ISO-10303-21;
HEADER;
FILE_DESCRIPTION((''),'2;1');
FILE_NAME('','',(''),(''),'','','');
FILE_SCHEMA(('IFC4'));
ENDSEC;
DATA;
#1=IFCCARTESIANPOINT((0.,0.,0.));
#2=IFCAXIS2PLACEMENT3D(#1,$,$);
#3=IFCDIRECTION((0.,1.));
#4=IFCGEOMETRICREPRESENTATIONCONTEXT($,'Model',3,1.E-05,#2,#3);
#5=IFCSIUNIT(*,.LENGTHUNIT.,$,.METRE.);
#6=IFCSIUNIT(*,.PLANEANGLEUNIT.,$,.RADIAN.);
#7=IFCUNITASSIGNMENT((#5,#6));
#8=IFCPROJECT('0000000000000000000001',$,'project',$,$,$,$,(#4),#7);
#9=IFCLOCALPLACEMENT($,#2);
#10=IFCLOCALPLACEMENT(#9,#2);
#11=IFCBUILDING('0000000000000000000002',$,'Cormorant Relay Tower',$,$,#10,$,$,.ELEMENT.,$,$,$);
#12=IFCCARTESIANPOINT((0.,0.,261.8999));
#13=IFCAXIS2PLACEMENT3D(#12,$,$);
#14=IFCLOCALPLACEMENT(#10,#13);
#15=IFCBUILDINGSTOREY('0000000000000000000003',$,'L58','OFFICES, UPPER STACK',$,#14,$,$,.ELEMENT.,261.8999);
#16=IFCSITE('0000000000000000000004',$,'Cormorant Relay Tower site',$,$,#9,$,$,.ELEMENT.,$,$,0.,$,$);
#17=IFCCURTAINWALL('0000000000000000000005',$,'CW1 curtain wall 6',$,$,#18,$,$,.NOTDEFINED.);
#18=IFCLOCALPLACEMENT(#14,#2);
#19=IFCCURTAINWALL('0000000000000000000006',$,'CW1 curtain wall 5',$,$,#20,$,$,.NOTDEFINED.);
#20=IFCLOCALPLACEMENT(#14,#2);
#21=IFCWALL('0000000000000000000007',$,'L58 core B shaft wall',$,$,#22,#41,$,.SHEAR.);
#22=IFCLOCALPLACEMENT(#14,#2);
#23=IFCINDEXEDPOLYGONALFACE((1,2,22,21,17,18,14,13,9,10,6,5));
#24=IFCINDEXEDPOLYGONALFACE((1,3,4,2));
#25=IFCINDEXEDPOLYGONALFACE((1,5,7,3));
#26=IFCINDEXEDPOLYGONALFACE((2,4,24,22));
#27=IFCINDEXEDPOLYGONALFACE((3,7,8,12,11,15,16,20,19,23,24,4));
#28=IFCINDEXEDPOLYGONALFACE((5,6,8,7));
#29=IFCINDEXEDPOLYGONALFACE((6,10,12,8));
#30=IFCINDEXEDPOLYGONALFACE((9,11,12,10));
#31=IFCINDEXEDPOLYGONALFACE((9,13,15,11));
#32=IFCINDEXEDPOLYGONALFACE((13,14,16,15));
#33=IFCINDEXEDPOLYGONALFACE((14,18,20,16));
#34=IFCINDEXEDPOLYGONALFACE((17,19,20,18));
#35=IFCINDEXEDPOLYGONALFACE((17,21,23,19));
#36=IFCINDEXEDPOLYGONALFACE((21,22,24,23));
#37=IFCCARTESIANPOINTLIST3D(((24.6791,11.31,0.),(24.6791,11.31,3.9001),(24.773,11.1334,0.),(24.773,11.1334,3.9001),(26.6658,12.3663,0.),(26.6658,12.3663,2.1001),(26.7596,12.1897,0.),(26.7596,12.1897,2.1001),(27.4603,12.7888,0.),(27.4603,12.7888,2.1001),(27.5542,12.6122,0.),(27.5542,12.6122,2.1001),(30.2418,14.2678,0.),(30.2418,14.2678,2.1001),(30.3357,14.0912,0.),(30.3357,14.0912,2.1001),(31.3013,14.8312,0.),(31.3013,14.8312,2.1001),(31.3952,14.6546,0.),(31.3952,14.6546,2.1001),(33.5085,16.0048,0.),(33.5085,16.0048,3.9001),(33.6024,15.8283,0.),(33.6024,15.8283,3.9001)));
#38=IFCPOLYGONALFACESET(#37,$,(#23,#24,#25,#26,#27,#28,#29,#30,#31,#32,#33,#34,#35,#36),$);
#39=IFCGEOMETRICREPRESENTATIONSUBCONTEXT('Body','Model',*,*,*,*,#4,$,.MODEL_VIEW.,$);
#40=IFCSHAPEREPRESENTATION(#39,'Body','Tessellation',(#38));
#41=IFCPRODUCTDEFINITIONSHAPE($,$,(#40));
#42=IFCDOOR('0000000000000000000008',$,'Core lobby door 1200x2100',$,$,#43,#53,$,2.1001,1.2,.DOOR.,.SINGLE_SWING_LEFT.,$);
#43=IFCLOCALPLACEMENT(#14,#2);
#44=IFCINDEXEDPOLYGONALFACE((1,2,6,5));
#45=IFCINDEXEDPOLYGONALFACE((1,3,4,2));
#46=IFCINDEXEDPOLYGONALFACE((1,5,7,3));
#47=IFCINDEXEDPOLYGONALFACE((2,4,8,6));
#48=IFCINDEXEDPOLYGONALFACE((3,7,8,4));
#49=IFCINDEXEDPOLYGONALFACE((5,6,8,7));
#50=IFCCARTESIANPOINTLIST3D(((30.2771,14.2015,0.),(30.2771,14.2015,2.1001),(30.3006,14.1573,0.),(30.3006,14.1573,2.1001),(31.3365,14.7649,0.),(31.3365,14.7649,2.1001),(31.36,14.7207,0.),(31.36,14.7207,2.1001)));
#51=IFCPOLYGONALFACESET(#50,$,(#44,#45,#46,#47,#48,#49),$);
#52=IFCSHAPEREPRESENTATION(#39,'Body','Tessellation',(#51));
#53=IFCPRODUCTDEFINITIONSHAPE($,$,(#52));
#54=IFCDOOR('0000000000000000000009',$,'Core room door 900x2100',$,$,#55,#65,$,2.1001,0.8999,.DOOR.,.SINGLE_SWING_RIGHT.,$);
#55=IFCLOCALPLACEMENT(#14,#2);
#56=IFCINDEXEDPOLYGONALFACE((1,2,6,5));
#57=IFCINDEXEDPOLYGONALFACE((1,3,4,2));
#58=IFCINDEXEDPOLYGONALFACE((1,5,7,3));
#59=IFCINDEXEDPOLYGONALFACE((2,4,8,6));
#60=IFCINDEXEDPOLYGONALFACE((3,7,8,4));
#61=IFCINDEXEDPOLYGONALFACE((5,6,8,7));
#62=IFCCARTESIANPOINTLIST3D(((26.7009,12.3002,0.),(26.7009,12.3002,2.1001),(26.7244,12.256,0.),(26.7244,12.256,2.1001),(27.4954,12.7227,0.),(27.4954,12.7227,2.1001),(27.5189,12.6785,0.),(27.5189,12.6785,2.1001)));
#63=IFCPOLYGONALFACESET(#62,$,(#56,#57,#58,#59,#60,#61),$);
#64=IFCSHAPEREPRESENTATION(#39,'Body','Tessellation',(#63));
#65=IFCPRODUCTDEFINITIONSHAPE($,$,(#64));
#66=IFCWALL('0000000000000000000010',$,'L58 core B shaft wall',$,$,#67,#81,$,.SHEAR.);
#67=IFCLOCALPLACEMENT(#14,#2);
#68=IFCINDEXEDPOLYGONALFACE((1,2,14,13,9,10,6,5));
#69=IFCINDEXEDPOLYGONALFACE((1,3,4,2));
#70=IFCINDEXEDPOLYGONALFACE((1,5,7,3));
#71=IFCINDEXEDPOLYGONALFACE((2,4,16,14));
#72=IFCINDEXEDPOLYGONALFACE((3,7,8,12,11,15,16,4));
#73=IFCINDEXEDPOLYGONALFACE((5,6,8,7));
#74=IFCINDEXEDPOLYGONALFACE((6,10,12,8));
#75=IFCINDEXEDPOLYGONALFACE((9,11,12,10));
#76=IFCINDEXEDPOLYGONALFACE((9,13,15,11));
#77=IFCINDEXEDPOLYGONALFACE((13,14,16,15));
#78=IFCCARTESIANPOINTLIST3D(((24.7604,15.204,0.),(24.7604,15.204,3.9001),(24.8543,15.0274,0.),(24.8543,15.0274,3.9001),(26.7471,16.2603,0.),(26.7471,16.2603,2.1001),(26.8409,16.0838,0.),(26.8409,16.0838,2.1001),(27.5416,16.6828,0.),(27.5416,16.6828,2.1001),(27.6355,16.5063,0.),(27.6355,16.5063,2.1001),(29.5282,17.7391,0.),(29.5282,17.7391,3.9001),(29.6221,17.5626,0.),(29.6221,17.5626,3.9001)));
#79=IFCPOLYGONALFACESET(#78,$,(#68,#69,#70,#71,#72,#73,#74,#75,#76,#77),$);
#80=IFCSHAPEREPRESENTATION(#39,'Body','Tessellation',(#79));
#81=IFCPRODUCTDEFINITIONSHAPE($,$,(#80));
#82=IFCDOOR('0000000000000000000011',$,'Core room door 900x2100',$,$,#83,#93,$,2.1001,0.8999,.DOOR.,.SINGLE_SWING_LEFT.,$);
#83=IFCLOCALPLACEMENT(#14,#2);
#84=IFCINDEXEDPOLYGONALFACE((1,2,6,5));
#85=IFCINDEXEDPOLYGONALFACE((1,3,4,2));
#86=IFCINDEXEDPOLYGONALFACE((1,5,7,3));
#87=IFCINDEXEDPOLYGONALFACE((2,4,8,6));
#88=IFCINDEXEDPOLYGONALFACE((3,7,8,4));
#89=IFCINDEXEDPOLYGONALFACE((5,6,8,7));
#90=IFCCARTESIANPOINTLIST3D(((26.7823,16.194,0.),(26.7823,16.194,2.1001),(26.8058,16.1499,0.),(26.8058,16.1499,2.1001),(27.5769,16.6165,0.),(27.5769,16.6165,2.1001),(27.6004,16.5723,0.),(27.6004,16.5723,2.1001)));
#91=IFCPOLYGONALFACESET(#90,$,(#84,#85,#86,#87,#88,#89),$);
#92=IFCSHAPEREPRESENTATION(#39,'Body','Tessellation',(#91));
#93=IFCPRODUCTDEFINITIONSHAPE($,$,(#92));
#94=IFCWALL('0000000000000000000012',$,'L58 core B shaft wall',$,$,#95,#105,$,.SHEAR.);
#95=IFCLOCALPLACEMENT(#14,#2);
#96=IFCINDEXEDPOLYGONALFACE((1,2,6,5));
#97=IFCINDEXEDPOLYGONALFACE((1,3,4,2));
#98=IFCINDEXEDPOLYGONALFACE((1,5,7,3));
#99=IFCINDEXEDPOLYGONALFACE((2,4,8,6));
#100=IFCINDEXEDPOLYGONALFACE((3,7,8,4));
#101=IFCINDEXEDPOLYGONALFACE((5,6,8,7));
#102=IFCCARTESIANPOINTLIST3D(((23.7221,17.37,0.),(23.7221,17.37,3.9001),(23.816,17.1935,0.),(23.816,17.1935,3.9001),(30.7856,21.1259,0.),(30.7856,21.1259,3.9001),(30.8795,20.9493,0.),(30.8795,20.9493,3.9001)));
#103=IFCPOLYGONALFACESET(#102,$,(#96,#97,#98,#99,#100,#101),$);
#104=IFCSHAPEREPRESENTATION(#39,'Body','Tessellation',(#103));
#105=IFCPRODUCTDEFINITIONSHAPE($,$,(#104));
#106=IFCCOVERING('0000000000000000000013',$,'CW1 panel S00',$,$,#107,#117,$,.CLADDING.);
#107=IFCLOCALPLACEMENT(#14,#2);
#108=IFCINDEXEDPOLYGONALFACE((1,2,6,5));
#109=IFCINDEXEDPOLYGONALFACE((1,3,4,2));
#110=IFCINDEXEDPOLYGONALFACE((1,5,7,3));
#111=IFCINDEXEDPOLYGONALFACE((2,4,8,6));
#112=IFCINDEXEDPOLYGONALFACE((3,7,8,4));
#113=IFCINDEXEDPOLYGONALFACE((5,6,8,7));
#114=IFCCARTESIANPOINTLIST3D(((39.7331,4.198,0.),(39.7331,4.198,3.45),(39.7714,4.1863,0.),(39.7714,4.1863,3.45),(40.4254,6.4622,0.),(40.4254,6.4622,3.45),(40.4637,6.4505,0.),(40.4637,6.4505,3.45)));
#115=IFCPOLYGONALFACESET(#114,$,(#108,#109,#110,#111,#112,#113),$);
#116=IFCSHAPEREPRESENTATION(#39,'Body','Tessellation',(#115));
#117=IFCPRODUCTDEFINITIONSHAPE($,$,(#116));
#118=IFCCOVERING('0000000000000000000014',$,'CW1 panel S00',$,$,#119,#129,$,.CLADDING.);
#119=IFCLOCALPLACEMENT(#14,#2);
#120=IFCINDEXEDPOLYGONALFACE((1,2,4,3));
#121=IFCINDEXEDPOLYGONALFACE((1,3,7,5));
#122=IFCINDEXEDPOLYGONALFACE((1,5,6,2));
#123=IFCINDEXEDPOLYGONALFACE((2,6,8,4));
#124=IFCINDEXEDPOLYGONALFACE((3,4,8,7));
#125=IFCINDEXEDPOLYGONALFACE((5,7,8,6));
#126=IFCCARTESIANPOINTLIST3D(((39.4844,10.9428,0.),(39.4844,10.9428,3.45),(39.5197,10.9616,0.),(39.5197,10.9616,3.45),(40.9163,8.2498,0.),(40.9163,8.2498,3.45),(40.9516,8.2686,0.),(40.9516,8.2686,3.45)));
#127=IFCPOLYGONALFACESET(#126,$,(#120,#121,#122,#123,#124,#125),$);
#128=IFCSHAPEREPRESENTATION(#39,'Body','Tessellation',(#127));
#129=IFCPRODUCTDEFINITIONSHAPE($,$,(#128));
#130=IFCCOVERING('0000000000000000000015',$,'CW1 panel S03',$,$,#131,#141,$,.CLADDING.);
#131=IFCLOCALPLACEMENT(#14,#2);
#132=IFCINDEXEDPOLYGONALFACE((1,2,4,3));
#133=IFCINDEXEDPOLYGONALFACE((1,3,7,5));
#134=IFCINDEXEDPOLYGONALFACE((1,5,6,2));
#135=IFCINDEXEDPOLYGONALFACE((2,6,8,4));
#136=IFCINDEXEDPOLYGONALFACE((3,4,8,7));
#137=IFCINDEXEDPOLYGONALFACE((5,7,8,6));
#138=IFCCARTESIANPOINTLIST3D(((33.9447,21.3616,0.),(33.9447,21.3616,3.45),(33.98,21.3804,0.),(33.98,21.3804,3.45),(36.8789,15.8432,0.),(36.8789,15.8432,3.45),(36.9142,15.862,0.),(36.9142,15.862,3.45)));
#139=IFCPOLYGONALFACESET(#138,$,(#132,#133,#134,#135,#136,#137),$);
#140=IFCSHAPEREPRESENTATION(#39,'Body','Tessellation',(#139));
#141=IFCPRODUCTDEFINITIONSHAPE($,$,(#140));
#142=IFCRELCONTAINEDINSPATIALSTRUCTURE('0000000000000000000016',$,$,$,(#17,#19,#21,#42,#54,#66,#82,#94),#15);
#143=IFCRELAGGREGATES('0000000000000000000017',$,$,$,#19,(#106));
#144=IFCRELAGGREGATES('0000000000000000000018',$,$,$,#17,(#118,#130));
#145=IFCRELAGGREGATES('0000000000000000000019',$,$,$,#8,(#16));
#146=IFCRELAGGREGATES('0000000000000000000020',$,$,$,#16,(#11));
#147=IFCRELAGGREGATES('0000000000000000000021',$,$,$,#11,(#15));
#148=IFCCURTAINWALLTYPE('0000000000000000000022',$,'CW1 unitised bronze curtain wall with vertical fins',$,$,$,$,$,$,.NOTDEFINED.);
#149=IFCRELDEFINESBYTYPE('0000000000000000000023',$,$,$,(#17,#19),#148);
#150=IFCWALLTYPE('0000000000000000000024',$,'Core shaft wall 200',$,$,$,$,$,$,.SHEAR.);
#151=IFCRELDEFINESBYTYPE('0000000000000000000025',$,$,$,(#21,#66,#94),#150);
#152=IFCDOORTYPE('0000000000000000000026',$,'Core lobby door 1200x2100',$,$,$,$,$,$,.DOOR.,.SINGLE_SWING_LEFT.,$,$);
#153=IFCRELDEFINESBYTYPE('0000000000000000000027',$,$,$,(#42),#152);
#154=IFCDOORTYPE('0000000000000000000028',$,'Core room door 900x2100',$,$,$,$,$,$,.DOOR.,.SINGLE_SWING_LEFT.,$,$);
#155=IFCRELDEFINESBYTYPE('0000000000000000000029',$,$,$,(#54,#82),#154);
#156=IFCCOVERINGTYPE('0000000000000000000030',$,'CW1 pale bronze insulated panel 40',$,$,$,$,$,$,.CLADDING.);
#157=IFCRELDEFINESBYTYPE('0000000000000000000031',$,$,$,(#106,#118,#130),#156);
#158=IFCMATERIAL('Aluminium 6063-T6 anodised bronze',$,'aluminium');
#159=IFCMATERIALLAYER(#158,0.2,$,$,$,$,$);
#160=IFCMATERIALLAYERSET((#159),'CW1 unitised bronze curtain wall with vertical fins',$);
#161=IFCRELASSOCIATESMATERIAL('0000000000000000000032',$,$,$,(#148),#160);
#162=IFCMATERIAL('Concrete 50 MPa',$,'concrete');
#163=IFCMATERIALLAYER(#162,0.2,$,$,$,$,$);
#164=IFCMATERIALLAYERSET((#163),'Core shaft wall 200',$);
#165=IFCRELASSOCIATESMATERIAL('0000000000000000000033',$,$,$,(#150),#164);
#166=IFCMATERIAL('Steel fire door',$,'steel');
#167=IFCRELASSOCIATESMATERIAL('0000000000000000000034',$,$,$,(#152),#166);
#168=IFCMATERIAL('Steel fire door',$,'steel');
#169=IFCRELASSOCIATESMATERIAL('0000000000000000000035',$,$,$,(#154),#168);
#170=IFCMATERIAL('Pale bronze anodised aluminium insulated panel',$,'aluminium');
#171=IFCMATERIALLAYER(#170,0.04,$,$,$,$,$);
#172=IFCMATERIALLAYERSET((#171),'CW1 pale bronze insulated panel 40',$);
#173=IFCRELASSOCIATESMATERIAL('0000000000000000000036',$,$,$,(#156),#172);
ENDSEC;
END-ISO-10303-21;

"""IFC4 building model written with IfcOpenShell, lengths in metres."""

from ifc_helpers import new_model, si_unit, direction, frame, frame_2d, origin, origin_2d, place, context, subcontext, project, spatial, rectangle, extrude, material, layer, layer_set, type_object, element, fill, aggregate, save


model = new_model("IFC4")

# Units and contexts
model_context = context("Model", 3, precision=1e-05, world=origin(), true_north=direction((0.0, 1.0)))
body_context = subcontext(model_context, "Body", "Model", "MODEL_VIEW")
ifc_project = project(units=[si_unit("LENGTHUNIT", "METRE"), si_unit("PLANEANGLEUNIT", "RADIAN")], contexts=[model_context])

# Site, building, storey
site_placement = place(None, origin())
site = spatial("IfcSite", under=ifc_project, at=site_placement, Name="Cormorant Relay Tower site", CompositionType="ELEMENT", RefElevation=0.0)
building_placement = place(site_placement, origin())
building = spatial("IfcBuilding", under=site, at=building_placement, Name="Cormorant Relay Tower", CompositionType="ELEMENT")
storey_placement = place(building_placement, frame((0.0, 0.0, 261.8999)))
storey = spatial("IfcBuildingStorey", under=building, at=storey_placement, Name="L58", Description="OFFICES, UPPER STACK", CompositionType="ELEMENT", Elevation=261.8999)

# Curtain wall
ifc_material_1 = material(Name="Aluminium 6063-T6 anodised bronze", Category="aluminium")
ifc_layer_1 = layer(ifc_material_1, 0.2)
ifc_layer_set_1 = layer_set([ifc_layer_1], Name="CW1 unitised bronze curtain wall with vertical fins")
curtain_wall_type = type_object("IfcCurtainWallType", Name="CW1 unitised bronze curtain wall with vertical fins", PredefinedType="NOTDEFINED", material=ifc_layer_set_1)
curtain_wall_1_placement = place(storey_placement, origin())
curtain_wall_1 = element("IfcCurtainWall", 1, at=curtain_wall_1_placement, inside=storey, type_object=curtain_wall_type, Name="CW1 curtain wall 6", PredefinedType="NOTDEFINED")

# Curtain wall
curtain_wall_2_placement = place(storey_placement, origin())
curtain_wall_2 = element("IfcCurtainWall", 2, at=curtain_wall_2_placement, inside=storey, type_object=curtain_wall_type, Name="CW1 curtain wall 5", PredefinedType="NOTDEFINED")

# Shared definitions
ifc_material_2 = material(Name="Concrete 50 MPa", Category="concrete")
ifc_layer_2 = layer(ifc_material_2, 0.2)
ifc_layer_set_2 = layer_set([ifc_layer_2], Name="Core shaft wall 200")
wall_type_1 = type_object("IfcWallType", Name="Core shaft wall 200", PredefinedType="SHEAR", material=ifc_layer_set_2)

# Wall, openings, doors
wall_1_placement = place(storey_placement, frame((24.7261, 11.2217, 0.0), z_axis=(0.0, 0.0, 1.0), x_axis=(0.88294, 0.469485, 0.0)))
wall_1 = element("IfcWall", 3, at=wall_1_placement, inside=storey, type_object=wall_type_1, Name="L58 core B shaft wall", PredefinedType="SHEAR", context=body_context, shape_type="SweptSolid", body=[
    extrude(rectangle(XDim=10.0, YDim=0.2, at=frame_2d((5.0, 0.0))), origin(), (0.0, 0.0, 1.0), 3.9001),
])
opening_1_placement = place(wall_1_placement, frame((6.3, 0.0, 0.0)))
opening_1 = element("IfcOpeningElement", 4, at=opening_1_placement, cuts=wall_1, PredefinedType="OPENING", context=body_context, shape_type="SweptSolid", body=[
    extrude(rectangle(XDim=1.2, YDim=2.1001, at=frame_2d((0.6001, 1.05))), frame((0.0, 0.1099, 0.0), z_axis=(0.0, -1.0, 0.0), x_axis=(1.0, 0.0, 0.0)), (0.0, 0.0, 1.0), 0.22),
])
opening_2_placement = place(wall_1_placement, frame((2.25, 0.0, 0.0)))
opening_2 = element("IfcOpeningElement", 5, at=opening_2_placement, cuts=wall_1, PredefinedType="OPENING", context=body_context, shape_type="SweptSolid", body=[
    extrude(rectangle(XDim=0.8999, YDim=2.1001, at=frame_2d((0.45, 1.05))), frame((0.0, 0.1099, 0.0), z_axis=(0.0, -1.0, 0.0), x_axis=(1.0, 0.0, 0.0)), (0.0, 0.0, 1.0), 0.22),
])
ifc_material_3 = material(Name="Steel fire door", Category="steel")
door_type_1 = type_object("IfcDoorType", Name="Core lobby door 1200x2100", OperationType="SINGLE_SWING_LEFT", PredefinedType="DOOR", material=ifc_material_3)
door_1_placement = place(opening_1_placement, origin())
door_1 = element("IfcDoor", 6, at=door_1_placement, inside=storey, type_object=door_type_1, Name="Core lobby door 1200x2100", OperationType="SINGLE_SWING_LEFT", OverallHeight=2.1001, OverallWidth=1.2, PredefinedType="DOOR", context=body_context, shape_type="SweptSolid", body=[
    extrude(rectangle(XDim=1.2, YDim=2.1001, at=frame_2d((0.6001, 1.05))), frame((0.0, 0.0249, 0.0), z_axis=(0.0, -1.0, 0.0), x_axis=(1.0, 0.0, 0.0)), (0.0, 0.0, 1.0), 0.05),
])
fill(opening_1, door_1)
ifc_material_4 = material(Name="Steel fire door", Category="steel")
door_type_2 = type_object("IfcDoorType", Name="Core room door 900x2100", OperationType="SINGLE_SWING_LEFT", PredefinedType="DOOR", material=ifc_material_4)
door_2_placement = place(opening_2_placement, frame((0.8999, 0.0, 0.0), z_axis=(0.0, 0.0, 1.0), x_axis=(-1.0, 0.0, 0.0)))
door_2 = element("IfcDoor", 7, at=door_2_placement, inside=storey, type_object=door_type_2, Name="Core room door 900x2100", OperationType="SINGLE_SWING_RIGHT", OverallHeight=2.1001, OverallWidth=0.8999, PredefinedType="DOOR", context=body_context, shape_type="SweptSolid", body=[
    extrude(rectangle(XDim=0.8999, YDim=2.1001, at=frame_2d((0.45, 1.05))), frame((0.0, 0.0249, 0.0), z_axis=(0.0, -1.0, 0.0), x_axis=(1.0, 0.0, 0.0)), (0.0, 0.0, 1.0), 0.05),
])
fill(opening_2, door_2)

# Wall, opening, door
wall_2_placement = place(storey_placement, frame((24.8074, 15.1157, 0.0), z_axis=(0.0, 0.0, 1.0), x_axis=(0.882943, 0.46948, 0.0)))
wall_2 = element("IfcWall", 8, at=wall_2_placement, inside=storey, type_object=wall_type_1, Name="L58 core B shaft wall", PredefinedType="SHEAR", context=body_context, shape_type="SweptSolid", body=[
    extrude(rectangle(XDim=5.3999, YDim=0.2, at=frame_2d((2.7, 0.0))), origin(), (0.0, 0.0, 1.0), 3.9001),
])
opening_3_placement = place(wall_2_placement, frame((2.25, 0.0, 0.0)))
opening_3 = element("IfcOpeningElement", 9, at=opening_3_placement, cuts=wall_2, PredefinedType="OPENING", context=body_context, shape_type="SweptSolid", body=[
    extrude(rectangle(XDim=0.8999, YDim=2.1001, at=frame_2d((0.45, 1.05))), frame((0.0, 0.1099, 0.0), z_axis=(0.0, -1.0, 0.0), x_axis=(1.0, 0.0, 0.0)), (0.0, 0.0, 1.0), 0.22),
])
door_3_placement = place(opening_3_placement, origin())
door_3 = element("IfcDoor", 10, at=door_3_placement, inside=storey, type_object=door_type_2, Name="Core room door 900x2100", OperationType="SINGLE_SWING_LEFT", OverallHeight=2.1001, OverallWidth=0.8999, PredefinedType="DOOR", context=body_context, shape_type="SweptSolid", body=[
    extrude(rectangle(XDim=0.8999, YDim=2.1001, at=frame_2d((0.45, 1.05))), frame((0.0, 0.0249, 0.0), z_axis=(0.0, -1.0, 0.0), x_axis=(1.0, 0.0, 0.0)), (0.0, 0.0, 1.0), 0.05),
])
fill(opening_3, door_3)

# Wall
wall_3_placement = place(storey_placement, frame((23.769, 17.2817, 0.0), z_axis=(0.0, 0.0, 1.0), x_axis=(0.88294, 0.469485, 0.0)))
element("IfcWall", 11, at=wall_3_placement, inside=storey, type_object=wall_type_1, Name="L58 core B shaft wall", PredefinedType="SHEAR", context=body_context, shape_type="SweptSolid", body=[
    extrude(rectangle(XDim=8.0, YDim=0.2, at=frame_2d((4.0, 0.0))), origin(), (0.0, 0.0, 1.0), 3.9001),
])

# Coverings
ifc_material_5 = material(Name="Pale bronze anodised aluminium insulated panel", Category="aluminium")
ifc_layer_3 = layer(ifc_material_5, 0.04)
ifc_layer_set_3 = layer_set([ifc_layer_3], Name="CW1 pale bronze insulated panel 40")
covering_type = type_object("IfcCoveringType", Name="CW1 pale bronze insulated panel 40", PredefinedType="CLADDING", material=ifc_layer_set_3)
covering_1_placement = place(storey_placement, frame((40.0984, 5.3242, 0.0), z_axis=(0.0, 0.0, 1.0), x_axis=(0.292372, 0.956305, 0.0)))
covering_1 = element("IfcCovering", 12, at=covering_1_placement, type_object=covering_type, Name="CW1 panel S00", PredefinedType="CLADDING", context=body_context, shape_type="SweptSolid", body=[
    extrude(rectangle(XDim=2.3677, YDim=0.04, at=origin_2d()), origin(), (0.0, 0.0, 1.0), 3.45),
])
aggregate(curtain_wall_2, [covering_1])
covering_2_placement = place(storey_placement, frame((40.218, 9.6057, 0.0), z_axis=(0.0, 0.0, 1.0), x_axis=(-0.469472, 0.882948, 0.0)))
covering_2 = element("IfcCovering", 13, at=covering_2_placement, type_object=covering_type, Name="CW1 panel S00", PredefinedType="CLADDING", context=body_context, shape_type="SweptSolid", body=[
    extrude(rectangle(XDim=3.05, YDim=0.04, at=origin_2d()), origin(), (0.0, 0.0, 1.0), 3.45),
])
covering_3_placement = place(storey_placement, frame((35.4294, 18.6118, 0.0), z_axis=(0.0, 0.0, 1.0), x_axis=(-0.469472, 0.882948, 0.0)))
covering_3 = element("IfcCovering", 14, at=covering_3_placement, type_object=covering_type, Name="CW1 panel S03", PredefinedType="CLADDING", context=body_context, shape_type="SweptSolid", body=[
    extrude(rectangle(XDim=6.25, YDim=0.04, at=origin_2d()), origin(), (0.0, 0.0, 1.0), 3.45),
])
aggregate(curtain_wall_1, [covering_2, covering_3])

save(model, "model.ifc")
